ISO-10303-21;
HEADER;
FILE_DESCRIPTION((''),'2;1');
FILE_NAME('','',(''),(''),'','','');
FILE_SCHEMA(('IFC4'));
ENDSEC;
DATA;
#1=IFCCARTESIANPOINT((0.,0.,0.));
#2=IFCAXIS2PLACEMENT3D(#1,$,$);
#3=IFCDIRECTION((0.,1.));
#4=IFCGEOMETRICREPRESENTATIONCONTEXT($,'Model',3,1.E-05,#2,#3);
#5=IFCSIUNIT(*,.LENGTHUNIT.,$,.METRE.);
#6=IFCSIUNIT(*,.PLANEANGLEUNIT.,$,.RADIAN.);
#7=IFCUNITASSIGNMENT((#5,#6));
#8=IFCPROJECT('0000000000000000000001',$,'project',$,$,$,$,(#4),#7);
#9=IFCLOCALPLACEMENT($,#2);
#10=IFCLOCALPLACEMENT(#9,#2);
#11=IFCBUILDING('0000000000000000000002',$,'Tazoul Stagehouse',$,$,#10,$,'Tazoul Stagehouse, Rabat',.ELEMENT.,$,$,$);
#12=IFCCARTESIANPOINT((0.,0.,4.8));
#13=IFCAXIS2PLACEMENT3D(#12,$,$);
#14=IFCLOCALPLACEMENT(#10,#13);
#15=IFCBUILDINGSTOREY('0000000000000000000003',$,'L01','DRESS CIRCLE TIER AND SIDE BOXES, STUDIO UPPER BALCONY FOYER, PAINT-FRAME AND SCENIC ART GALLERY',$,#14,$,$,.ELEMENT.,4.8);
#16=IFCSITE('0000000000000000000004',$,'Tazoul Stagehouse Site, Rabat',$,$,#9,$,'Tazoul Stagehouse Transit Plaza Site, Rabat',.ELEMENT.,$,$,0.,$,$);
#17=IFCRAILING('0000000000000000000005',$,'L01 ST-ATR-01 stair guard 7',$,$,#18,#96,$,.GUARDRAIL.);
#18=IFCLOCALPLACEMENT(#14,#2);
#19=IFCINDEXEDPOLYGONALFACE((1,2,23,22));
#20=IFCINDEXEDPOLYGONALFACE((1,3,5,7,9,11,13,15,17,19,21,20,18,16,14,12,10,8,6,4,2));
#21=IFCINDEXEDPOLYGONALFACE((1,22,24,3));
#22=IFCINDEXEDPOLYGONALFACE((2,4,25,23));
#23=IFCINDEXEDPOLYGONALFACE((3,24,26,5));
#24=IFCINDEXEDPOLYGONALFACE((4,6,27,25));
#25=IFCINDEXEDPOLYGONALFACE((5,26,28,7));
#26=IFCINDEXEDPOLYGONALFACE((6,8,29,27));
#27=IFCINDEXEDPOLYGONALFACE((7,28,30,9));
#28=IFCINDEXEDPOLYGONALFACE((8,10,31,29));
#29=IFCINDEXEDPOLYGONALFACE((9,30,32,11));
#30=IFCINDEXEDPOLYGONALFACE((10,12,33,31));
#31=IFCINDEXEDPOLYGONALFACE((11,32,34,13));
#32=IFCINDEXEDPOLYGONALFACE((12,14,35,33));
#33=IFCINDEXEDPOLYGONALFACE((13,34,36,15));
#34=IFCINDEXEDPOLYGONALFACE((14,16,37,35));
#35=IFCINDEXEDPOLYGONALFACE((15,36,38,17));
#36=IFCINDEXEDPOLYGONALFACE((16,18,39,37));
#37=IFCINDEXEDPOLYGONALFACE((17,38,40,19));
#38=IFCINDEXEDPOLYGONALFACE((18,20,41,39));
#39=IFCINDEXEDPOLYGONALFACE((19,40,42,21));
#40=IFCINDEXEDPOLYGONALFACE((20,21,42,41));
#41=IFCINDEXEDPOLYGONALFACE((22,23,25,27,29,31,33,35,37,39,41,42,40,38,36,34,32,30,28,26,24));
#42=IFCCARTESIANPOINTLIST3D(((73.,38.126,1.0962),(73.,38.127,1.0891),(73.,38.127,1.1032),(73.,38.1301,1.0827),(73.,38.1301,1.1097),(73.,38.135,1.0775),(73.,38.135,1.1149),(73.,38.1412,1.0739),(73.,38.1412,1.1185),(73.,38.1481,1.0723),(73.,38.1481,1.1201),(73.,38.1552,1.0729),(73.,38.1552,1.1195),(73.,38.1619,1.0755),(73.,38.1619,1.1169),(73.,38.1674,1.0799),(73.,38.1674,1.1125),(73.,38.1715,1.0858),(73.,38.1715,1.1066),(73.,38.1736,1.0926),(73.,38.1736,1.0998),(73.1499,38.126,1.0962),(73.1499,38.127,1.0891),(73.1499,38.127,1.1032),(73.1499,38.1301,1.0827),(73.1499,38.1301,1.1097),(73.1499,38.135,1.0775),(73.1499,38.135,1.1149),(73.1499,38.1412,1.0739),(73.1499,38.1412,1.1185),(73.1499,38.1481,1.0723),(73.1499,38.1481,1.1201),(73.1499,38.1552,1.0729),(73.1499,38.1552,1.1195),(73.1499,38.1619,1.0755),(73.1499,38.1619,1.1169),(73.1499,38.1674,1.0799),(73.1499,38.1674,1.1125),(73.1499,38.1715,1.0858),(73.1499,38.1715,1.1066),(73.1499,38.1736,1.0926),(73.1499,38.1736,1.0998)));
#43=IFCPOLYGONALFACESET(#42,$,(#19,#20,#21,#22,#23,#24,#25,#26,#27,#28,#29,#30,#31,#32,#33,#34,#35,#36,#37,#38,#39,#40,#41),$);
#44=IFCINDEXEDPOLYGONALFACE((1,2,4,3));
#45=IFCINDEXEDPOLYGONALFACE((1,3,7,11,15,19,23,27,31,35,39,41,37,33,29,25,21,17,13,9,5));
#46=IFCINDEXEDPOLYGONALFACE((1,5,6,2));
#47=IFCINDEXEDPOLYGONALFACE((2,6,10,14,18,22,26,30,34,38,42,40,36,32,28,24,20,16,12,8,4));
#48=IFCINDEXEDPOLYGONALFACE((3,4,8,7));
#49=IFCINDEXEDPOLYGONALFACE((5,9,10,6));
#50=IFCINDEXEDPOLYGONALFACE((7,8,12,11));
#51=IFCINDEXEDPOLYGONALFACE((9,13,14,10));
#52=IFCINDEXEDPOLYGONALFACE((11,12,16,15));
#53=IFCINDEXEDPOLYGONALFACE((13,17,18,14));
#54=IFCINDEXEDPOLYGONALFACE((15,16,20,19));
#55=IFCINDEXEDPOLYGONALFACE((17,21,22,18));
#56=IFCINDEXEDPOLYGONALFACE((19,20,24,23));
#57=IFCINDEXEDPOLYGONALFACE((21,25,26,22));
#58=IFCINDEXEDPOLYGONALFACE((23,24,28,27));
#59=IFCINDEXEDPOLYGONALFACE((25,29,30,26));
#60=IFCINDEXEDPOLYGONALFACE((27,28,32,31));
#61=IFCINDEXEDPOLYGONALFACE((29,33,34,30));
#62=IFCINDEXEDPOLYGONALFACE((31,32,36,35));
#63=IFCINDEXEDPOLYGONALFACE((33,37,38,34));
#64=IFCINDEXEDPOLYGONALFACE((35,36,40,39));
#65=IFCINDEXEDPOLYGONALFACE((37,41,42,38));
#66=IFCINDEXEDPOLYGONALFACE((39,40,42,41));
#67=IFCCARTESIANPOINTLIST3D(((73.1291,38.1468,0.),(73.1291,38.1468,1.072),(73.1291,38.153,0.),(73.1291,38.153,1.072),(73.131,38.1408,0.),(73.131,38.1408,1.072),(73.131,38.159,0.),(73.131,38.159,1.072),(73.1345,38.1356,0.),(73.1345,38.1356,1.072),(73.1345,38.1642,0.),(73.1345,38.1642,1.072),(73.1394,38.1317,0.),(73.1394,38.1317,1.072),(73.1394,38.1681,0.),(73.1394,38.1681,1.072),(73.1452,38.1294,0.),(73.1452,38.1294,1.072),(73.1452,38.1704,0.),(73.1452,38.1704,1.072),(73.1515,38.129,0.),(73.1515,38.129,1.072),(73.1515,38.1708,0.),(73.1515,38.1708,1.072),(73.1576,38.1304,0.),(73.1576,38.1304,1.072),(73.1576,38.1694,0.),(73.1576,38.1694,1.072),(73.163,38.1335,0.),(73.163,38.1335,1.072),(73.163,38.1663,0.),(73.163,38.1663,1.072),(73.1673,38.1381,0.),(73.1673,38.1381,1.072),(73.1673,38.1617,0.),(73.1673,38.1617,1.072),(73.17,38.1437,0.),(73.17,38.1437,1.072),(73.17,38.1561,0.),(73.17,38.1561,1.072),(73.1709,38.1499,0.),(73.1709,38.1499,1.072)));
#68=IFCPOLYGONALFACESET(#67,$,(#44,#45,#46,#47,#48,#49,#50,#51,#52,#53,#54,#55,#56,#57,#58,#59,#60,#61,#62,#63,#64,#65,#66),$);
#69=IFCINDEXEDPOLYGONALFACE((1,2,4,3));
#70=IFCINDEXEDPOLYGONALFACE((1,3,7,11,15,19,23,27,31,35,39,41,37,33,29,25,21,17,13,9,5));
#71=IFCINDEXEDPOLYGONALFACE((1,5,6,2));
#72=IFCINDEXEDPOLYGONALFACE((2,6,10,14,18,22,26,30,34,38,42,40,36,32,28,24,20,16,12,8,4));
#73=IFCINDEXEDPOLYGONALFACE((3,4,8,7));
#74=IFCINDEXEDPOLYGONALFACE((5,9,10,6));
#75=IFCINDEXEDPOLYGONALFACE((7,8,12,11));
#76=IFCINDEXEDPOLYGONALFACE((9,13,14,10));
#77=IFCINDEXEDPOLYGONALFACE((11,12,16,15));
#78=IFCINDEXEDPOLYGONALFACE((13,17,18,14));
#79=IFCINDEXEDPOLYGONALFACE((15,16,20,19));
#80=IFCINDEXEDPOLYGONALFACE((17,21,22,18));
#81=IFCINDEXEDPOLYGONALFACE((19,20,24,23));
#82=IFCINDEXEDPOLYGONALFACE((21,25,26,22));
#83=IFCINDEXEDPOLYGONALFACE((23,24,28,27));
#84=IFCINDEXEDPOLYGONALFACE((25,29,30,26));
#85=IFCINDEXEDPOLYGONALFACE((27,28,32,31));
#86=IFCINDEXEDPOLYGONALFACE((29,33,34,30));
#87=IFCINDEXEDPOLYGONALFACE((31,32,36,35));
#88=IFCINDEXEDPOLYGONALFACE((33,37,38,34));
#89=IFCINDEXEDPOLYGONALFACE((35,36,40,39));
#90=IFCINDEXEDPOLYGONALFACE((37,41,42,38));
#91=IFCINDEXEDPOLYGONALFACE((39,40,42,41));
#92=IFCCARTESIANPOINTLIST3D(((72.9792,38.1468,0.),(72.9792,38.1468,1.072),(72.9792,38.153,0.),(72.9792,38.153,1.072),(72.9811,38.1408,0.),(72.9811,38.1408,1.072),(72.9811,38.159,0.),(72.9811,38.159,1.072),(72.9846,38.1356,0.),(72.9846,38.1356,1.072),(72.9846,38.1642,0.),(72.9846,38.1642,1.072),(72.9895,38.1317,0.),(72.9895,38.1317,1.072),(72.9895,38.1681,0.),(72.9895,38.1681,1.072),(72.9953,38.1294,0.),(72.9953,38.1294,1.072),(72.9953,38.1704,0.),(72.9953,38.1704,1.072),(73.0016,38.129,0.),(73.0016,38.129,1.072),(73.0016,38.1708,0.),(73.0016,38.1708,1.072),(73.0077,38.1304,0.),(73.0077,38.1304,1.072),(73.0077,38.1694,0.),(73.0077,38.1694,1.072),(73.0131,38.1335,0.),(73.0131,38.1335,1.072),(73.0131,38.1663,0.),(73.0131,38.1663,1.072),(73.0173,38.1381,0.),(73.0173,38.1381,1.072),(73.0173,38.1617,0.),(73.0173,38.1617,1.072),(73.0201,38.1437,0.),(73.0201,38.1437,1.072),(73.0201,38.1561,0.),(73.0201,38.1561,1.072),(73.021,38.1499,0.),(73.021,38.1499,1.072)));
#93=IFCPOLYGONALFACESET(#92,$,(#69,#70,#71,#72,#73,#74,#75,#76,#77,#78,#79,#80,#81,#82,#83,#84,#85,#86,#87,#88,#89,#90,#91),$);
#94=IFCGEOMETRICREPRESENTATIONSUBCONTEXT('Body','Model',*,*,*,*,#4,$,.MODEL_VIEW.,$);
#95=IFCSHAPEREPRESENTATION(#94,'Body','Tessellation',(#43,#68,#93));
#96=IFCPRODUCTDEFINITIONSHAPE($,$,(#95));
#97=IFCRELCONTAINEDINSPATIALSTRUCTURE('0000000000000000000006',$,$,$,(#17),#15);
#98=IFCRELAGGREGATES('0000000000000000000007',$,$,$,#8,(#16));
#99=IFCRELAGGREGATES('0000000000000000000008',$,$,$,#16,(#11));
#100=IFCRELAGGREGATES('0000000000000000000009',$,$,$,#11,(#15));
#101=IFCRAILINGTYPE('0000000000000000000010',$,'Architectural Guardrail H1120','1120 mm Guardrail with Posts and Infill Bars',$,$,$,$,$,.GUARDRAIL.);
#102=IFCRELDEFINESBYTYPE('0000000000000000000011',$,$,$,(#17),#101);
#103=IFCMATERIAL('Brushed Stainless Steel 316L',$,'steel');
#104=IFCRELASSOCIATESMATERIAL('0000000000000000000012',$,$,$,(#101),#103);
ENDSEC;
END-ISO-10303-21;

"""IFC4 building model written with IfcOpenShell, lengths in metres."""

from ifc_helpers import new_model, si_unit, direction, frame, origin, origin_2d, place, context, subcontext, project, spatial, circle, extrude, material, material_profile, profile_set, type_object, element, save


model = new_model("IFC4")

# Units and contexts
model_context = context("Model", 3, precision=1e-05, world=origin(), true_north=direction((0.0, 1.0)))
body_context = subcontext(model_context, "Body", "Model", "MODEL_VIEW")
ifc_project = project(units=[si_unit("LENGTHUNIT", "METRE"), si_unit("PLANEANGLEUNIT", "RADIAN")], contexts=[model_context])

# Site, building, storey
site_placement = place(None, origin())
site = spatial("IfcSite", under=ifc_project, at=site_placement, Name="Tazoul Stagehouse Site, Rabat", LongName="Tazoul Stagehouse Transit Plaza Site, Rabat", CompositionType="ELEMENT", RefElevation=0.0)
building_placement = place(site_placement, origin())
building = spatial("IfcBuilding", under=site, at=building_placement, Name="Tazoul Stagehouse", LongName="Tazoul Stagehouse, Rabat", CompositionType="ELEMENT")
storey_placement = place(building_placement, frame((0.0, 0.0, 4.8)))
storey = spatial("IfcBuildingStorey", under=building, at=storey_placement, Name="L01", Description="DRESS CIRCLE TIER AND SIDE BOXES, STUDIO UPPER BALCONY FOYER, PAINT-FRAME AND SCENIC ART GALLERY", CompositionType="ELEMENT", Elevation=4.8)

# Railing
ifc_material_1 = material(Name="Brushed Stainless Steel 316L", Category="steel")
ifc_material_profile_1 = material_profile(ifc_material_1, circle(Radius=0.0239, at=origin_2d()), Name="SS RAIL D48")
ifc_profile_set_1 = profile_set([ifc_material_profile_1], Name="Brushed Stainless Steel 316L")
railing_type_1 = type_object("IfcRailingType", Name="Architectural Guardrail H1120", Description="1120 mm Guardrail with Posts and Infill Bars", PredefinedType="GUARDRAIL", material=ifc_profile_set_1)
railing_1_placement = place(storey_placement, frame((73.1499, 38.1499, 0.0)))
element("IfcRailing", 1, at=railing_1_placement, inside=storey, type_object=railing_type_1, Name="L01 ST-ATR-01 stair guard 7", PredefinedType="GUARDRAIL", context=body_context, shape_type="SweptSolid", body=[
    extrude(circle(Radius=0.0239, at=origin_2d()), frame((0.0, 0.0, 1.0962), z_axis=(-1.0, 0.0, 0.0), x_axis=(0.0, -1.0, 0.0)), (0.0, 0.0, 1.0), 0.1499),
    extrude(circle(Radius=0.021, at=origin_2d()), origin(), (0.0, 0.0, 1.0), 1.072),
    extrude(circle(Radius=0.021, at=origin_2d()), frame((-0.1499, 0.0, 0.0)), (0.0, 0.0, 1.0), 1.072),
])

save(model, "model.ifc")
